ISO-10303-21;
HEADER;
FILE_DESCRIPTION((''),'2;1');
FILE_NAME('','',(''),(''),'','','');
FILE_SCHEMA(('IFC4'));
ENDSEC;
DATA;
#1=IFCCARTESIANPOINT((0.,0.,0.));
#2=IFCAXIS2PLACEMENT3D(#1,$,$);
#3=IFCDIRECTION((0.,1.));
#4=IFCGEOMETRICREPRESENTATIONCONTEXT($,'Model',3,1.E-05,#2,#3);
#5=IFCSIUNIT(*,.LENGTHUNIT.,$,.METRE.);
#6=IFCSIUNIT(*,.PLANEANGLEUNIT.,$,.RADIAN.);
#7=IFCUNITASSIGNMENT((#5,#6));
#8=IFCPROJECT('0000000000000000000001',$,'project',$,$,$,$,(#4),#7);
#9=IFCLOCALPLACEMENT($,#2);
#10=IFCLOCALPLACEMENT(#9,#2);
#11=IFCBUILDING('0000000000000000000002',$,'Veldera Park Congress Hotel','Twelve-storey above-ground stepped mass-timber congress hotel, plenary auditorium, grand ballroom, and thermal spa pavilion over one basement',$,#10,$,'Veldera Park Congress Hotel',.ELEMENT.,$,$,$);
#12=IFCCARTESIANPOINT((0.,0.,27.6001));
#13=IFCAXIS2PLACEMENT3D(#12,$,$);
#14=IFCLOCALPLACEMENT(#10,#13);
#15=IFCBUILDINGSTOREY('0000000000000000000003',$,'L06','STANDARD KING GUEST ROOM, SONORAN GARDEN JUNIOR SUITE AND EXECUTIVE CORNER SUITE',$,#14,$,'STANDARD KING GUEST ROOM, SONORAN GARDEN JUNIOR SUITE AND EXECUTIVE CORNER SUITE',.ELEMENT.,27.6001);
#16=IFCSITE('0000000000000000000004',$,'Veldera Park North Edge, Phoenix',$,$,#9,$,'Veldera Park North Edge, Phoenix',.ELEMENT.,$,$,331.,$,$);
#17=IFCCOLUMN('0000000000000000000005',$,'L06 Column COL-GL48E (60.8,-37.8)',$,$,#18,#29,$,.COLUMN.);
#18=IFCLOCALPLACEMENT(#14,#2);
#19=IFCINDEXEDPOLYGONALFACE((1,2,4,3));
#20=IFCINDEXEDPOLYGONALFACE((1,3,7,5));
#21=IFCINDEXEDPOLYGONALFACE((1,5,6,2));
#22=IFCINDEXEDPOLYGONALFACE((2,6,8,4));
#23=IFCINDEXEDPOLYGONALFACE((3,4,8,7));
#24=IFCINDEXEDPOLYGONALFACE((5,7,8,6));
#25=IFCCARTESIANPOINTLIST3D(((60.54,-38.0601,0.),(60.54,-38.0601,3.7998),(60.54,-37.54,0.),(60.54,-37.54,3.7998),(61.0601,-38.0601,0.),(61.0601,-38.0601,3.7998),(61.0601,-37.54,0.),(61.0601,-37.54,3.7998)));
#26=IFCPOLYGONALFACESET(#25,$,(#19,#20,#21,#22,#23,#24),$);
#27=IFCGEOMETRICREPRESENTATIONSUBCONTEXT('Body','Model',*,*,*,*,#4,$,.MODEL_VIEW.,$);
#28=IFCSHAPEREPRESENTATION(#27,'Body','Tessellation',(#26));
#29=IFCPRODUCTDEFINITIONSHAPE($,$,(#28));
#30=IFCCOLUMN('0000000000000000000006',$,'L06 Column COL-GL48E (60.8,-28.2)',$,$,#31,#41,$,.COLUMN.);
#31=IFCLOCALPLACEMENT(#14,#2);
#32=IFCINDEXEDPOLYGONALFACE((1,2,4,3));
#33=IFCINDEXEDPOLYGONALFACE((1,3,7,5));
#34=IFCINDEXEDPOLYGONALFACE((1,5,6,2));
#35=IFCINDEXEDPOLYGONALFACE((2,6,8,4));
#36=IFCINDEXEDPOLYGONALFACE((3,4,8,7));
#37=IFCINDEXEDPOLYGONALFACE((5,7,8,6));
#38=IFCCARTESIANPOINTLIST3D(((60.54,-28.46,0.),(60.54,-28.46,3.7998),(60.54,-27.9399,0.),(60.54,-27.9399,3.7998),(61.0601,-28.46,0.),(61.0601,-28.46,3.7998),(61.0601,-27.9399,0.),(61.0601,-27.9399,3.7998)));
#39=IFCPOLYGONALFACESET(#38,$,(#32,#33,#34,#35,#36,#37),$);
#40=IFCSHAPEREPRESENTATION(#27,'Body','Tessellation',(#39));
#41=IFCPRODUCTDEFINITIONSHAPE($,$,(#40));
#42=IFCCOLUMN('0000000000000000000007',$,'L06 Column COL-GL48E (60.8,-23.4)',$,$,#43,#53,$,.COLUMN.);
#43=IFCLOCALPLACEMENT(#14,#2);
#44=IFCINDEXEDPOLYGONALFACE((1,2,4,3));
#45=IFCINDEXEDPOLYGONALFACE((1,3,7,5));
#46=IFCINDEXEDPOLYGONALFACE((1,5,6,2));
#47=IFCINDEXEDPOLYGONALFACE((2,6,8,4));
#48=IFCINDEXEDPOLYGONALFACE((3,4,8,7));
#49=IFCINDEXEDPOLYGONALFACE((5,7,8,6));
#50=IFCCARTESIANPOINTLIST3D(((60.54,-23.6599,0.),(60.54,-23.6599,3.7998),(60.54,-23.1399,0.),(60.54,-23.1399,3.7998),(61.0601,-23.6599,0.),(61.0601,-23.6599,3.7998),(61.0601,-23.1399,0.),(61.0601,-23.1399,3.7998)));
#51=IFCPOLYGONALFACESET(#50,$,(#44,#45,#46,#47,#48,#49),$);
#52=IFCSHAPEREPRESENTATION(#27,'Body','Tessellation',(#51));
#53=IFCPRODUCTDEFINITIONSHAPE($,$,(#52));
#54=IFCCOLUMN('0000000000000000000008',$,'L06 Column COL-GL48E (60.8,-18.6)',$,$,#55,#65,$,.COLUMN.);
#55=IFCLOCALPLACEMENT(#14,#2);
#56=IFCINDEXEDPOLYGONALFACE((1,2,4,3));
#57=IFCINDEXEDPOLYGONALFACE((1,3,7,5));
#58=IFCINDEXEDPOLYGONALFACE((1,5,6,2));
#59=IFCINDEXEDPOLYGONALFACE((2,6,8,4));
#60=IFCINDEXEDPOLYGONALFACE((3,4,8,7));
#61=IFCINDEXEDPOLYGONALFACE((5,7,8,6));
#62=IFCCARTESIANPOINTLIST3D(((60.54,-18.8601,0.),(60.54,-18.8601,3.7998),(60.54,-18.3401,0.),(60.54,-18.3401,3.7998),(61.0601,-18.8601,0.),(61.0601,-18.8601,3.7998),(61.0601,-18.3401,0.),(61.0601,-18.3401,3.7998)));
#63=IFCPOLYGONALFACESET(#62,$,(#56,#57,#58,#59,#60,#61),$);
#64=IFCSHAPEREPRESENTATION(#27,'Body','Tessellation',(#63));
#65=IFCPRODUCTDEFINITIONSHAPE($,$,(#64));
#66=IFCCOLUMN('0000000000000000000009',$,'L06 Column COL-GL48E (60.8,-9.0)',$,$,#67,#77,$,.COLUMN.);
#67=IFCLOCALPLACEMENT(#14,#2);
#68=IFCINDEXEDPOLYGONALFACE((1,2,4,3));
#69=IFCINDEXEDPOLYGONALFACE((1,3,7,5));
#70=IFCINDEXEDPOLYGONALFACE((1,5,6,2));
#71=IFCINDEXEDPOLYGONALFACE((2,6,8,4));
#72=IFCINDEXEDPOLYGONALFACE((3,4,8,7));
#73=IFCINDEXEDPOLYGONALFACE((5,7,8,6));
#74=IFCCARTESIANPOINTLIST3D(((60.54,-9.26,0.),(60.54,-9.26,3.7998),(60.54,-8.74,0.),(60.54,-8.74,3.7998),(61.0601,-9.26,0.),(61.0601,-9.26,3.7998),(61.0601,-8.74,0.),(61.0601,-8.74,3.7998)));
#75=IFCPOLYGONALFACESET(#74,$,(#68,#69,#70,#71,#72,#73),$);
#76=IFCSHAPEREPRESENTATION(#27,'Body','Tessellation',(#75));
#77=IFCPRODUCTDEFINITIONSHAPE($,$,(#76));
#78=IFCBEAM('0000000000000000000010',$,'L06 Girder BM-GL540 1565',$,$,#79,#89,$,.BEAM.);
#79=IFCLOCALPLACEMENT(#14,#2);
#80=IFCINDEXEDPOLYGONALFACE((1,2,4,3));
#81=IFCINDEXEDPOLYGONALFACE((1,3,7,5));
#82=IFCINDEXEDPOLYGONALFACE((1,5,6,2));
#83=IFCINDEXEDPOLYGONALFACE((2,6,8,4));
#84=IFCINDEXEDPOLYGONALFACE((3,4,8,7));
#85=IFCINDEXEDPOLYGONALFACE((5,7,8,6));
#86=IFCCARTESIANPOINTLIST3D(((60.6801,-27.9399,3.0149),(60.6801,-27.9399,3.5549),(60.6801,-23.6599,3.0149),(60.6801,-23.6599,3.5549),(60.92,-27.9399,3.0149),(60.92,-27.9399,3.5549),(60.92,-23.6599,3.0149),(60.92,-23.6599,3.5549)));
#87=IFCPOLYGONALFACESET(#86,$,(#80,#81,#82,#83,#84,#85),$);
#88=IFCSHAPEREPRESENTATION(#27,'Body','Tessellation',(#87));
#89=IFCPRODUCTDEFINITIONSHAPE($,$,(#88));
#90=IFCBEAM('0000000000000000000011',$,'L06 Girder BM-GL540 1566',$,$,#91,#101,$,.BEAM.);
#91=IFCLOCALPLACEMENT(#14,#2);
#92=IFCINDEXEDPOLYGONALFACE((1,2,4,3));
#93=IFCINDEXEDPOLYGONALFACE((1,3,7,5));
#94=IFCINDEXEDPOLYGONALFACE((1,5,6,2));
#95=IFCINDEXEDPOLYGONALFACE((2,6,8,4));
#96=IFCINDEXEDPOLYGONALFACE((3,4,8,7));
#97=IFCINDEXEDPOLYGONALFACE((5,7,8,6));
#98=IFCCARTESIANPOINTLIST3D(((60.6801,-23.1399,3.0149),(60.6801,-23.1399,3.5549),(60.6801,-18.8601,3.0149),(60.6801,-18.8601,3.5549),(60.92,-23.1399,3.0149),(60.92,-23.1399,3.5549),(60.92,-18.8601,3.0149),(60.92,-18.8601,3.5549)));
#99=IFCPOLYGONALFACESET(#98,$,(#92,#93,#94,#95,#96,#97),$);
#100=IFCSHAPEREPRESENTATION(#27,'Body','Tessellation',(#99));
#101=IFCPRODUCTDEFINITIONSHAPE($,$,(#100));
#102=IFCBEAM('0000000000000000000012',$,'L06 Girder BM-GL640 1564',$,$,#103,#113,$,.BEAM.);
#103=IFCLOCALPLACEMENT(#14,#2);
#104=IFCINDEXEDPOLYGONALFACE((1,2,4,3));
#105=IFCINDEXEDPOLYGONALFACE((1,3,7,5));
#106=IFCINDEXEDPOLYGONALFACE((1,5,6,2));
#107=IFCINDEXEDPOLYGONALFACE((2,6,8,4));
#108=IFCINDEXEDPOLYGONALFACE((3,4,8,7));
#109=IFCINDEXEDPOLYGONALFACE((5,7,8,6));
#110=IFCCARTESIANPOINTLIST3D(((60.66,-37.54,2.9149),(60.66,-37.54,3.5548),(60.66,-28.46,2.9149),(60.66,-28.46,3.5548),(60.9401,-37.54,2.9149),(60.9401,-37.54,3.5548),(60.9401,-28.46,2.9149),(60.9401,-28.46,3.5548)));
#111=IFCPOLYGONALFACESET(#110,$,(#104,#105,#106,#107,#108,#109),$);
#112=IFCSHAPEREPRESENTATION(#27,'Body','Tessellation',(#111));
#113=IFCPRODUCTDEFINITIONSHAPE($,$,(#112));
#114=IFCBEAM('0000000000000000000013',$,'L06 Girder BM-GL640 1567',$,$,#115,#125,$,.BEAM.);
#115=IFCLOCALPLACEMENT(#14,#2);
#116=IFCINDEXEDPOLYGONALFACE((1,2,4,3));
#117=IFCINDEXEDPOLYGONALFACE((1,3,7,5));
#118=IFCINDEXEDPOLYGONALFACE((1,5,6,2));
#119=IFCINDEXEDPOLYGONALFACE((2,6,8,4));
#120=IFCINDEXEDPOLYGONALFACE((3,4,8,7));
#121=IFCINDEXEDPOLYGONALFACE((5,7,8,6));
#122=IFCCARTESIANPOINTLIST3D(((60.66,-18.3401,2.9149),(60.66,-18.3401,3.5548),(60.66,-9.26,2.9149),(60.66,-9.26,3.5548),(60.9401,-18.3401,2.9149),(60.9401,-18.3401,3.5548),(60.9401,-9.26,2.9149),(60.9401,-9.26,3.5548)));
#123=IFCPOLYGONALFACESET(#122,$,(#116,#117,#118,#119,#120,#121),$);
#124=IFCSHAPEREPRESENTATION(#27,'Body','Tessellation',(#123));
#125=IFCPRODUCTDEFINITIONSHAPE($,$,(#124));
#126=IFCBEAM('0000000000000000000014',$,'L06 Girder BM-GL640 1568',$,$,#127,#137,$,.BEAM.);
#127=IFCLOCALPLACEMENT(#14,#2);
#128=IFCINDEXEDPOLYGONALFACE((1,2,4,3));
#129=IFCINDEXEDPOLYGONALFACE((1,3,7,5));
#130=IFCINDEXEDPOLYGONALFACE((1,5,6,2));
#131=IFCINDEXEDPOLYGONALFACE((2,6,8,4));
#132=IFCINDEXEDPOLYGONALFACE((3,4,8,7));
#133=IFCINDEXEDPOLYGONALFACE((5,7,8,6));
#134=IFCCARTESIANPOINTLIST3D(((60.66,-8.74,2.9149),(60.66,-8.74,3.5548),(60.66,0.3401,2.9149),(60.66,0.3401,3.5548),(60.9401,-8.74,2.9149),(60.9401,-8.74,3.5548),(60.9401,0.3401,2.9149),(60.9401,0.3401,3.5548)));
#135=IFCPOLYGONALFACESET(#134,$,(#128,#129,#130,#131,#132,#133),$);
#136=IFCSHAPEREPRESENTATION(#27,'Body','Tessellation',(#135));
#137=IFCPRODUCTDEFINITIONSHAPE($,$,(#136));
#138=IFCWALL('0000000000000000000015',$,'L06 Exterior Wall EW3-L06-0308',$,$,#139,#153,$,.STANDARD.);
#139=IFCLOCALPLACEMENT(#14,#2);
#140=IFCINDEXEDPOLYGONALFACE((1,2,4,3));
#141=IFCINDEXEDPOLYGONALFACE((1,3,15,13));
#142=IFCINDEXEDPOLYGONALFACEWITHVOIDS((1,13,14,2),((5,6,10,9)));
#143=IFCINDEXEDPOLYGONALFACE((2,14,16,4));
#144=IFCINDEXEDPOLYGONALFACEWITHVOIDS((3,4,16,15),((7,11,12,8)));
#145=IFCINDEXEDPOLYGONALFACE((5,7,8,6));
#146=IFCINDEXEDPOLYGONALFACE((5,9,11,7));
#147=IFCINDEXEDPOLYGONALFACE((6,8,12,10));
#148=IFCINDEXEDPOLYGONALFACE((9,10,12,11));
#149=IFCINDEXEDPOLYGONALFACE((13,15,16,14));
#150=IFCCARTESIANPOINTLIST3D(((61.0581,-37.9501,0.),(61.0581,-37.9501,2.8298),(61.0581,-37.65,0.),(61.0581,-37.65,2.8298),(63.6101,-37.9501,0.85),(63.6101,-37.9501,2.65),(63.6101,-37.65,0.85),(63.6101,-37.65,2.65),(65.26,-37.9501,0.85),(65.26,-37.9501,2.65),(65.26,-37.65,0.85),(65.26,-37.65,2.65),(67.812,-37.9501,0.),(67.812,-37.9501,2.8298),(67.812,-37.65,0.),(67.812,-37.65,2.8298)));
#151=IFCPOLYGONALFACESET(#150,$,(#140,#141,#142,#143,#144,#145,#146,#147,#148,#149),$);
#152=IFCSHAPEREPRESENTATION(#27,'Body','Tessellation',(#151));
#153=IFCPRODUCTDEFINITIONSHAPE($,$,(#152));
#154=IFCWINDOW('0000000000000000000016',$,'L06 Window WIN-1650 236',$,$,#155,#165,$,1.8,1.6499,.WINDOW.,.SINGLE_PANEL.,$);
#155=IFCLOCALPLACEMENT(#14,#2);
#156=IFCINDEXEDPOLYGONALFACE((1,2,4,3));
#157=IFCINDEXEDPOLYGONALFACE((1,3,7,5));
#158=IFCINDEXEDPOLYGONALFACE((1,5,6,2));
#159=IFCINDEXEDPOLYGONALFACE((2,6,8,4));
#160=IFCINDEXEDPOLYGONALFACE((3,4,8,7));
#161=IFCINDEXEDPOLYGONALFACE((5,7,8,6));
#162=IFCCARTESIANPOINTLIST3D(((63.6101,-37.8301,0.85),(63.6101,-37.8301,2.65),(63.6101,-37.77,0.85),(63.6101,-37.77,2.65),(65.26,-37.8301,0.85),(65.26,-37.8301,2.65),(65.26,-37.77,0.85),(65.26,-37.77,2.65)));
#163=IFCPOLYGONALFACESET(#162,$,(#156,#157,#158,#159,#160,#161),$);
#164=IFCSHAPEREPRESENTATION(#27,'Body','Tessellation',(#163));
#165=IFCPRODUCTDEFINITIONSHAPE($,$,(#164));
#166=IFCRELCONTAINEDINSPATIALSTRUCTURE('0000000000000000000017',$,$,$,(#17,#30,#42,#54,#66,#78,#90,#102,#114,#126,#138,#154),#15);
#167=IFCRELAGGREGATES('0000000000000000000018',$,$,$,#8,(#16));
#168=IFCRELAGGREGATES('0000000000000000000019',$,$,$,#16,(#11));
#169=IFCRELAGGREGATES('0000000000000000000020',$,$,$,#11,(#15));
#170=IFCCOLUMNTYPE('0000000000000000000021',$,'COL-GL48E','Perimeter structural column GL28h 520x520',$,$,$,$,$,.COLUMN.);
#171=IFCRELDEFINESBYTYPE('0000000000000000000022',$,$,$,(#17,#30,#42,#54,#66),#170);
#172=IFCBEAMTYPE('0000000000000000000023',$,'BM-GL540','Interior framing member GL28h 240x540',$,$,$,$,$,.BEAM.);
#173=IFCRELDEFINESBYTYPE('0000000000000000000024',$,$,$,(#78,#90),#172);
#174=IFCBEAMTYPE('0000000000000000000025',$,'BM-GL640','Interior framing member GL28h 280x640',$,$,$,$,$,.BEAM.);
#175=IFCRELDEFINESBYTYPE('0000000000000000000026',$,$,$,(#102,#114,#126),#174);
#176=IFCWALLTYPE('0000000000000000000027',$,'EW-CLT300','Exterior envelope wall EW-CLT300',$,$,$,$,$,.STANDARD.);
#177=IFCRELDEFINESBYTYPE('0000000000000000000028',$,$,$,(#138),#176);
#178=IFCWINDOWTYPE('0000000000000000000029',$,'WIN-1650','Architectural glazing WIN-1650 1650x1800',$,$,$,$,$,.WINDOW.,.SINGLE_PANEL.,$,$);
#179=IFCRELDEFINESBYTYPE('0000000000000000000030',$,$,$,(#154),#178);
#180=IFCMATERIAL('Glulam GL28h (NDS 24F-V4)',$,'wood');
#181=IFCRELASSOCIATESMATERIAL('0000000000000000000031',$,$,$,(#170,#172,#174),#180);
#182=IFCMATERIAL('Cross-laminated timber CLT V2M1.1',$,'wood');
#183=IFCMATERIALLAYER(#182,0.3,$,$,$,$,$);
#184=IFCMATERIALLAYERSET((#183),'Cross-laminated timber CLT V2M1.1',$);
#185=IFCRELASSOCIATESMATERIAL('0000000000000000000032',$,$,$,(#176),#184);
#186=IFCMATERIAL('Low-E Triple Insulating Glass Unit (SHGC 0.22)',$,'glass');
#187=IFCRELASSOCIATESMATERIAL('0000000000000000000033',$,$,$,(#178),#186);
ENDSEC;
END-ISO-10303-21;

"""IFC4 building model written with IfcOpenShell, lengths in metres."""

from ifc_helpers import new_model, si_unit, direction, frame, frame_2d, origin, origin_2d, place, context, subcontext, project, spatial, rectangle, extrude, material, layer, layer_set, material_profile, profile_set, type_object, element, fill, save


model = new_model("IFC4")

# Units and contexts
model_context = context("Model", 3, precision=1e-05, world=origin(), true_north=direction((0.0, 1.0)))
body_context = subcontext(model_context, "Body", "Model", "MODEL_VIEW")
ifc_project = project(units=[si_unit("LENGTHUNIT", "METRE"), si_unit("PLANEANGLEUNIT", "RADIAN")], contexts=[model_context])

# Site, building, storey
site_placement = place(None, origin())
site = spatial("IfcSite", under=ifc_project, at=site_placement, Name="Veldera Park North Edge, Phoenix", LongName="Veldera Park North Edge, Phoenix", CompositionType="ELEMENT", RefElevation=331.0)
building_placement = place(site_placement, origin())
building = spatial("IfcBuilding", under=site, at=building_placement, Name="Veldera Park Congress Hotel", Description="Twelve-storey above-ground stepped mass-timber congress hotel, plenary auditorium, grand ballroom, and thermal spa pavilion over one basement", LongName="Veldera Park Congress Hotel", CompositionType="ELEMENT")
storey_placement = place(building_placement, frame((0.0, 0.0, 27.6001)))
storey = spatial("IfcBuildingStorey", under=building, at=storey_placement, Name="L06", Description="STANDARD KING GUEST ROOM, SONORAN GARDEN JUNIOR SUITE AND EXECUTIVE CORNER SUITE", LongName="STANDARD KING GUEST ROOM, SONORAN GARDEN JUNIOR SUITE AND EXECUTIVE CORNER SUITE", CompositionType="ELEMENT", Elevation=27.6001)

# Columns
ifc_material_1 = material(Name="Glulam GL28h (NDS 24F-V4)", Category="wood")
ifc_material_profile_1 = material_profile(ifc_material_1, rectangle(XDim=0.52, YDim=0.52, at=origin_2d()), Name="GL28h 520x520")
ifc_profile_set_1 = profile_set([ifc_material_profile_1], Name="Glulam GL28h (NDS 24F-V4)")
column_type = type_object("IfcColumnType", Name="COL-GL48E", Description="Perimeter structural column GL28h 520x520", PredefinedType="COLUMN", material=ifc_profile_set_1)
for number, where, z_axis, x_axis, name in (
    (1, (60.8, -37.8, 0.0), (0.0, 0.0, 1.0), (1.0, 0.0, 0.0), "L06 Column COL-GL48E (60.8,-37.8)"),
    (2, (60.8, -28.2, 0.0), (0.0, 0.0, 1.0), (1.0, 0.0, 0.0), "L06 Column COL-GL48E (60.8,-28.2)"),
    (3, (60.8, -23.3999, 0.0), (0.0, 0.0, 1.0), (1.0, 0.0, 0.0), "L06 Column COL-GL48E (60.8,-23.4)"),
    (4, (60.8, -18.6001, 0.0), (0.0, 0.0, 1.0), (1.0, 0.0, 0.0), "L06 Column COL-GL48E (60.8,-18.6)"),
    (5, (60.8, -9.0, 0.0), (0.0, 0.0, 1.0), (1.0, 0.0, 0.0), "L06 Column COL-GL48E (60.8,-9.0)"),
):
    element("IfcColumn", number, at=place(storey_placement, frame(where, z_axis=z_axis, x_axis=x_axis)), inside=storey, type_object=column_type, Name=name, PredefinedType="COLUMN", context=body_context, shape_type="SweptSolid", body=[
        extrude(rectangle(XDim=0.52, YDim=0.52, at=origin_2d()), origin(), (0.0, 0.0, 1.0), 3.7998),
    ])

# Beams
ifc_material_profile_2 = material_profile(ifc_material_1, rectangle(XDim=0.24, YDim=0.54, at=origin_2d()), Name="GL28h 240x540")
ifc_profile_set_2 = profile_set([ifc_material_profile_2], Name="Glulam GL28h (NDS 24F-V4)")
beam_type_1 = type_object("IfcBeamType", Name="BM-GL540", Description="Interior framing member GL28h 240x540", PredefinedType="BEAM", material=ifc_profile_set_2)
beam_1_placement = place(storey_placement, frame((60.8, -27.9399, 3.2849), z_axis=(0.0, 1.0, 0.0), x_axis=(-1.0, 0.0, 0.0)))
element("IfcBeam", 6, at=beam_1_placement, inside=storey, type_object=beam_type_1, Name="L06 Girder BM-GL540 1565", PredefinedType="BEAM", context=body_context, shape_type="SweptSolid", body=[
    extrude(rectangle(XDim=0.24, YDim=0.54, at=origin_2d()), origin(), (0.0, 0.0, 1.0), 4.28),
])
beam_2_placement = place(storey_placement, frame((60.8, -23.1399, 3.2849), z_axis=(0.0, 1.0, 0.0), x_axis=(-1.0, 0.0, 0.0)))
element("IfcBeam", 7, at=beam_2_placement, inside=storey, type_object=beam_type_1, Name="L06 Girder BM-GL540 1566", PredefinedType="BEAM", context=body_context, shape_type="SweptSolid", body=[
    extrude(rectangle(XDim=0.24, YDim=0.54, at=origin_2d()), origin(), (0.0, 0.0, 1.0), 4.2798),
])
ifc_material_profile_3 = material_profile(ifc_material_1, rectangle(XDim=0.28, YDim=0.6399, at=origin_2d()), Name="GL28h 280x640")
ifc_profile_set_3 = profile_set([ifc_material_profile_3], Name="Glulam GL28h (NDS 24F-V4)")
beam_type_2 = type_object("IfcBeamType", Name="BM-GL640", Description="Interior framing member GL28h 280x640", PredefinedType="BEAM", material=ifc_profile_set_3)
for number, where, z_axis, x_axis, name in (
    (8, (60.8, -37.54, 3.2349), (0.0, 1.0, 0.0), (-1.0, 0.0, 0.0), "L06 Girder BM-GL640 1564"),
    (9, (60.8, -18.3401, 3.2349), (0.0, 1.0, 0.0), (-1.0, 0.0, 0.0), "L06 Girder BM-GL640 1567"),
    (10, (60.8, -8.74, 3.2349), (0.0, 1.0, 0.0), (-1.0, 0.0, 0.0), "L06 Girder BM-GL640 1568"),
):
    element("IfcBeam", number, at=place(storey_placement, frame(where, z_axis=z_axis, x_axis=x_axis)), inside=storey, type_object=beam_type_2, Name=name, PredefinedType="BEAM", context=body_context, shape_type="SweptSolid", body=[
        extrude(rectangle(XDim=0.28, YDim=0.6399, at=origin_2d()), origin(), (0.0, 0.0, 1.0), 9.0801),
    ])

# Wall, opening, window
ifc_material_2 = material(Name="Cross-laminated timber CLT V2M1.1", Category="wood")
ifc_layer_1 = layer(ifc_material_2, 0.3)
ifc_layer_set_1 = layer_set([ifc_layer_1], Name="Cross-laminated timber CLT V2M1.1")
wall_type_1 = type_object("IfcWallType", Name="EW-CLT300", Description="Exterior envelope wall EW-CLT300", PredefinedType="STANDARD", material=ifc_layer_set_1)
wall_1_placement = place(storey_placement, frame((61.0581, -37.8, 0.0), z_axis=(0.0, 0.0, 1.0), x_axis=(1.0, 0.0, 0.0)))
wall_1 = element("IfcWall", 11, at=wall_1_placement, inside=storey, type_object=wall_type_1, Name="L06 Exterior Wall EW3-L06-0308", PredefinedType="STANDARD", context=body_context, shape_type="SweptSolid", body=[
    extrude(rectangle(XDim=6.7539, YDim=0.3, at=frame_2d((3.377, 0.0))), origin(), (0.0, 0.0, 1.0), 2.8298),
])
opening_1_placement = place(wall_1_placement, frame((2.552, 0.0, 0.8501)))
opening_1 = element("IfcOpeningElement", 12, at=opening_1_placement, cuts=wall_1, PredefinedType="OPENING", context=body_context, shape_type="SweptSolid", body=[
    extrude(rectangle(XDim=1.6499, YDim=1.8, at=frame_2d((0.825, 0.8999))), frame((0.0, 0.1621, 0.0), z_axis=(0.0, -1.0, 0.0), x_axis=(1.0, 0.0, 0.0)), (0.0, 0.0, 1.0), 0.324),
])
ifc_material_3 = material(Name="Low-E Triple Insulating Glass Unit (SHGC 0.22)", Category="glass")
window_type_1 = type_object("IfcWindowType", Name="WIN-1650", Description="Architectural glazing WIN-1650 1650x1800", PartitioningType="SINGLE_PANEL", PredefinedType="WINDOW", material=ifc_material_3)
window_1_placement = place(opening_1_placement, origin())
window_1 = element("IfcWindow", 13, at=window_1_placement, inside=storey, type_object=window_type_1, Name="L06 Window WIN-1650 236", OverallHeight=1.8, OverallWidth=1.6499, PartitioningType="SINGLE_PANEL", PredefinedType="WINDOW", context=body_context, shape_type="SweptSolid", body=[
    extrude(rectangle(XDim=1.6499, YDim=1.8, at=frame_2d((0.825, 0.8999))), frame((0.0, 0.03, 0.0), z_axis=(0.0, -1.0, 0.0), x_axis=(1.0, 0.0, 0.0)), (0.0, 0.0, 1.0), 0.0601),
])
fill(opening_1, window_1)

save(model, "model.ifc")
